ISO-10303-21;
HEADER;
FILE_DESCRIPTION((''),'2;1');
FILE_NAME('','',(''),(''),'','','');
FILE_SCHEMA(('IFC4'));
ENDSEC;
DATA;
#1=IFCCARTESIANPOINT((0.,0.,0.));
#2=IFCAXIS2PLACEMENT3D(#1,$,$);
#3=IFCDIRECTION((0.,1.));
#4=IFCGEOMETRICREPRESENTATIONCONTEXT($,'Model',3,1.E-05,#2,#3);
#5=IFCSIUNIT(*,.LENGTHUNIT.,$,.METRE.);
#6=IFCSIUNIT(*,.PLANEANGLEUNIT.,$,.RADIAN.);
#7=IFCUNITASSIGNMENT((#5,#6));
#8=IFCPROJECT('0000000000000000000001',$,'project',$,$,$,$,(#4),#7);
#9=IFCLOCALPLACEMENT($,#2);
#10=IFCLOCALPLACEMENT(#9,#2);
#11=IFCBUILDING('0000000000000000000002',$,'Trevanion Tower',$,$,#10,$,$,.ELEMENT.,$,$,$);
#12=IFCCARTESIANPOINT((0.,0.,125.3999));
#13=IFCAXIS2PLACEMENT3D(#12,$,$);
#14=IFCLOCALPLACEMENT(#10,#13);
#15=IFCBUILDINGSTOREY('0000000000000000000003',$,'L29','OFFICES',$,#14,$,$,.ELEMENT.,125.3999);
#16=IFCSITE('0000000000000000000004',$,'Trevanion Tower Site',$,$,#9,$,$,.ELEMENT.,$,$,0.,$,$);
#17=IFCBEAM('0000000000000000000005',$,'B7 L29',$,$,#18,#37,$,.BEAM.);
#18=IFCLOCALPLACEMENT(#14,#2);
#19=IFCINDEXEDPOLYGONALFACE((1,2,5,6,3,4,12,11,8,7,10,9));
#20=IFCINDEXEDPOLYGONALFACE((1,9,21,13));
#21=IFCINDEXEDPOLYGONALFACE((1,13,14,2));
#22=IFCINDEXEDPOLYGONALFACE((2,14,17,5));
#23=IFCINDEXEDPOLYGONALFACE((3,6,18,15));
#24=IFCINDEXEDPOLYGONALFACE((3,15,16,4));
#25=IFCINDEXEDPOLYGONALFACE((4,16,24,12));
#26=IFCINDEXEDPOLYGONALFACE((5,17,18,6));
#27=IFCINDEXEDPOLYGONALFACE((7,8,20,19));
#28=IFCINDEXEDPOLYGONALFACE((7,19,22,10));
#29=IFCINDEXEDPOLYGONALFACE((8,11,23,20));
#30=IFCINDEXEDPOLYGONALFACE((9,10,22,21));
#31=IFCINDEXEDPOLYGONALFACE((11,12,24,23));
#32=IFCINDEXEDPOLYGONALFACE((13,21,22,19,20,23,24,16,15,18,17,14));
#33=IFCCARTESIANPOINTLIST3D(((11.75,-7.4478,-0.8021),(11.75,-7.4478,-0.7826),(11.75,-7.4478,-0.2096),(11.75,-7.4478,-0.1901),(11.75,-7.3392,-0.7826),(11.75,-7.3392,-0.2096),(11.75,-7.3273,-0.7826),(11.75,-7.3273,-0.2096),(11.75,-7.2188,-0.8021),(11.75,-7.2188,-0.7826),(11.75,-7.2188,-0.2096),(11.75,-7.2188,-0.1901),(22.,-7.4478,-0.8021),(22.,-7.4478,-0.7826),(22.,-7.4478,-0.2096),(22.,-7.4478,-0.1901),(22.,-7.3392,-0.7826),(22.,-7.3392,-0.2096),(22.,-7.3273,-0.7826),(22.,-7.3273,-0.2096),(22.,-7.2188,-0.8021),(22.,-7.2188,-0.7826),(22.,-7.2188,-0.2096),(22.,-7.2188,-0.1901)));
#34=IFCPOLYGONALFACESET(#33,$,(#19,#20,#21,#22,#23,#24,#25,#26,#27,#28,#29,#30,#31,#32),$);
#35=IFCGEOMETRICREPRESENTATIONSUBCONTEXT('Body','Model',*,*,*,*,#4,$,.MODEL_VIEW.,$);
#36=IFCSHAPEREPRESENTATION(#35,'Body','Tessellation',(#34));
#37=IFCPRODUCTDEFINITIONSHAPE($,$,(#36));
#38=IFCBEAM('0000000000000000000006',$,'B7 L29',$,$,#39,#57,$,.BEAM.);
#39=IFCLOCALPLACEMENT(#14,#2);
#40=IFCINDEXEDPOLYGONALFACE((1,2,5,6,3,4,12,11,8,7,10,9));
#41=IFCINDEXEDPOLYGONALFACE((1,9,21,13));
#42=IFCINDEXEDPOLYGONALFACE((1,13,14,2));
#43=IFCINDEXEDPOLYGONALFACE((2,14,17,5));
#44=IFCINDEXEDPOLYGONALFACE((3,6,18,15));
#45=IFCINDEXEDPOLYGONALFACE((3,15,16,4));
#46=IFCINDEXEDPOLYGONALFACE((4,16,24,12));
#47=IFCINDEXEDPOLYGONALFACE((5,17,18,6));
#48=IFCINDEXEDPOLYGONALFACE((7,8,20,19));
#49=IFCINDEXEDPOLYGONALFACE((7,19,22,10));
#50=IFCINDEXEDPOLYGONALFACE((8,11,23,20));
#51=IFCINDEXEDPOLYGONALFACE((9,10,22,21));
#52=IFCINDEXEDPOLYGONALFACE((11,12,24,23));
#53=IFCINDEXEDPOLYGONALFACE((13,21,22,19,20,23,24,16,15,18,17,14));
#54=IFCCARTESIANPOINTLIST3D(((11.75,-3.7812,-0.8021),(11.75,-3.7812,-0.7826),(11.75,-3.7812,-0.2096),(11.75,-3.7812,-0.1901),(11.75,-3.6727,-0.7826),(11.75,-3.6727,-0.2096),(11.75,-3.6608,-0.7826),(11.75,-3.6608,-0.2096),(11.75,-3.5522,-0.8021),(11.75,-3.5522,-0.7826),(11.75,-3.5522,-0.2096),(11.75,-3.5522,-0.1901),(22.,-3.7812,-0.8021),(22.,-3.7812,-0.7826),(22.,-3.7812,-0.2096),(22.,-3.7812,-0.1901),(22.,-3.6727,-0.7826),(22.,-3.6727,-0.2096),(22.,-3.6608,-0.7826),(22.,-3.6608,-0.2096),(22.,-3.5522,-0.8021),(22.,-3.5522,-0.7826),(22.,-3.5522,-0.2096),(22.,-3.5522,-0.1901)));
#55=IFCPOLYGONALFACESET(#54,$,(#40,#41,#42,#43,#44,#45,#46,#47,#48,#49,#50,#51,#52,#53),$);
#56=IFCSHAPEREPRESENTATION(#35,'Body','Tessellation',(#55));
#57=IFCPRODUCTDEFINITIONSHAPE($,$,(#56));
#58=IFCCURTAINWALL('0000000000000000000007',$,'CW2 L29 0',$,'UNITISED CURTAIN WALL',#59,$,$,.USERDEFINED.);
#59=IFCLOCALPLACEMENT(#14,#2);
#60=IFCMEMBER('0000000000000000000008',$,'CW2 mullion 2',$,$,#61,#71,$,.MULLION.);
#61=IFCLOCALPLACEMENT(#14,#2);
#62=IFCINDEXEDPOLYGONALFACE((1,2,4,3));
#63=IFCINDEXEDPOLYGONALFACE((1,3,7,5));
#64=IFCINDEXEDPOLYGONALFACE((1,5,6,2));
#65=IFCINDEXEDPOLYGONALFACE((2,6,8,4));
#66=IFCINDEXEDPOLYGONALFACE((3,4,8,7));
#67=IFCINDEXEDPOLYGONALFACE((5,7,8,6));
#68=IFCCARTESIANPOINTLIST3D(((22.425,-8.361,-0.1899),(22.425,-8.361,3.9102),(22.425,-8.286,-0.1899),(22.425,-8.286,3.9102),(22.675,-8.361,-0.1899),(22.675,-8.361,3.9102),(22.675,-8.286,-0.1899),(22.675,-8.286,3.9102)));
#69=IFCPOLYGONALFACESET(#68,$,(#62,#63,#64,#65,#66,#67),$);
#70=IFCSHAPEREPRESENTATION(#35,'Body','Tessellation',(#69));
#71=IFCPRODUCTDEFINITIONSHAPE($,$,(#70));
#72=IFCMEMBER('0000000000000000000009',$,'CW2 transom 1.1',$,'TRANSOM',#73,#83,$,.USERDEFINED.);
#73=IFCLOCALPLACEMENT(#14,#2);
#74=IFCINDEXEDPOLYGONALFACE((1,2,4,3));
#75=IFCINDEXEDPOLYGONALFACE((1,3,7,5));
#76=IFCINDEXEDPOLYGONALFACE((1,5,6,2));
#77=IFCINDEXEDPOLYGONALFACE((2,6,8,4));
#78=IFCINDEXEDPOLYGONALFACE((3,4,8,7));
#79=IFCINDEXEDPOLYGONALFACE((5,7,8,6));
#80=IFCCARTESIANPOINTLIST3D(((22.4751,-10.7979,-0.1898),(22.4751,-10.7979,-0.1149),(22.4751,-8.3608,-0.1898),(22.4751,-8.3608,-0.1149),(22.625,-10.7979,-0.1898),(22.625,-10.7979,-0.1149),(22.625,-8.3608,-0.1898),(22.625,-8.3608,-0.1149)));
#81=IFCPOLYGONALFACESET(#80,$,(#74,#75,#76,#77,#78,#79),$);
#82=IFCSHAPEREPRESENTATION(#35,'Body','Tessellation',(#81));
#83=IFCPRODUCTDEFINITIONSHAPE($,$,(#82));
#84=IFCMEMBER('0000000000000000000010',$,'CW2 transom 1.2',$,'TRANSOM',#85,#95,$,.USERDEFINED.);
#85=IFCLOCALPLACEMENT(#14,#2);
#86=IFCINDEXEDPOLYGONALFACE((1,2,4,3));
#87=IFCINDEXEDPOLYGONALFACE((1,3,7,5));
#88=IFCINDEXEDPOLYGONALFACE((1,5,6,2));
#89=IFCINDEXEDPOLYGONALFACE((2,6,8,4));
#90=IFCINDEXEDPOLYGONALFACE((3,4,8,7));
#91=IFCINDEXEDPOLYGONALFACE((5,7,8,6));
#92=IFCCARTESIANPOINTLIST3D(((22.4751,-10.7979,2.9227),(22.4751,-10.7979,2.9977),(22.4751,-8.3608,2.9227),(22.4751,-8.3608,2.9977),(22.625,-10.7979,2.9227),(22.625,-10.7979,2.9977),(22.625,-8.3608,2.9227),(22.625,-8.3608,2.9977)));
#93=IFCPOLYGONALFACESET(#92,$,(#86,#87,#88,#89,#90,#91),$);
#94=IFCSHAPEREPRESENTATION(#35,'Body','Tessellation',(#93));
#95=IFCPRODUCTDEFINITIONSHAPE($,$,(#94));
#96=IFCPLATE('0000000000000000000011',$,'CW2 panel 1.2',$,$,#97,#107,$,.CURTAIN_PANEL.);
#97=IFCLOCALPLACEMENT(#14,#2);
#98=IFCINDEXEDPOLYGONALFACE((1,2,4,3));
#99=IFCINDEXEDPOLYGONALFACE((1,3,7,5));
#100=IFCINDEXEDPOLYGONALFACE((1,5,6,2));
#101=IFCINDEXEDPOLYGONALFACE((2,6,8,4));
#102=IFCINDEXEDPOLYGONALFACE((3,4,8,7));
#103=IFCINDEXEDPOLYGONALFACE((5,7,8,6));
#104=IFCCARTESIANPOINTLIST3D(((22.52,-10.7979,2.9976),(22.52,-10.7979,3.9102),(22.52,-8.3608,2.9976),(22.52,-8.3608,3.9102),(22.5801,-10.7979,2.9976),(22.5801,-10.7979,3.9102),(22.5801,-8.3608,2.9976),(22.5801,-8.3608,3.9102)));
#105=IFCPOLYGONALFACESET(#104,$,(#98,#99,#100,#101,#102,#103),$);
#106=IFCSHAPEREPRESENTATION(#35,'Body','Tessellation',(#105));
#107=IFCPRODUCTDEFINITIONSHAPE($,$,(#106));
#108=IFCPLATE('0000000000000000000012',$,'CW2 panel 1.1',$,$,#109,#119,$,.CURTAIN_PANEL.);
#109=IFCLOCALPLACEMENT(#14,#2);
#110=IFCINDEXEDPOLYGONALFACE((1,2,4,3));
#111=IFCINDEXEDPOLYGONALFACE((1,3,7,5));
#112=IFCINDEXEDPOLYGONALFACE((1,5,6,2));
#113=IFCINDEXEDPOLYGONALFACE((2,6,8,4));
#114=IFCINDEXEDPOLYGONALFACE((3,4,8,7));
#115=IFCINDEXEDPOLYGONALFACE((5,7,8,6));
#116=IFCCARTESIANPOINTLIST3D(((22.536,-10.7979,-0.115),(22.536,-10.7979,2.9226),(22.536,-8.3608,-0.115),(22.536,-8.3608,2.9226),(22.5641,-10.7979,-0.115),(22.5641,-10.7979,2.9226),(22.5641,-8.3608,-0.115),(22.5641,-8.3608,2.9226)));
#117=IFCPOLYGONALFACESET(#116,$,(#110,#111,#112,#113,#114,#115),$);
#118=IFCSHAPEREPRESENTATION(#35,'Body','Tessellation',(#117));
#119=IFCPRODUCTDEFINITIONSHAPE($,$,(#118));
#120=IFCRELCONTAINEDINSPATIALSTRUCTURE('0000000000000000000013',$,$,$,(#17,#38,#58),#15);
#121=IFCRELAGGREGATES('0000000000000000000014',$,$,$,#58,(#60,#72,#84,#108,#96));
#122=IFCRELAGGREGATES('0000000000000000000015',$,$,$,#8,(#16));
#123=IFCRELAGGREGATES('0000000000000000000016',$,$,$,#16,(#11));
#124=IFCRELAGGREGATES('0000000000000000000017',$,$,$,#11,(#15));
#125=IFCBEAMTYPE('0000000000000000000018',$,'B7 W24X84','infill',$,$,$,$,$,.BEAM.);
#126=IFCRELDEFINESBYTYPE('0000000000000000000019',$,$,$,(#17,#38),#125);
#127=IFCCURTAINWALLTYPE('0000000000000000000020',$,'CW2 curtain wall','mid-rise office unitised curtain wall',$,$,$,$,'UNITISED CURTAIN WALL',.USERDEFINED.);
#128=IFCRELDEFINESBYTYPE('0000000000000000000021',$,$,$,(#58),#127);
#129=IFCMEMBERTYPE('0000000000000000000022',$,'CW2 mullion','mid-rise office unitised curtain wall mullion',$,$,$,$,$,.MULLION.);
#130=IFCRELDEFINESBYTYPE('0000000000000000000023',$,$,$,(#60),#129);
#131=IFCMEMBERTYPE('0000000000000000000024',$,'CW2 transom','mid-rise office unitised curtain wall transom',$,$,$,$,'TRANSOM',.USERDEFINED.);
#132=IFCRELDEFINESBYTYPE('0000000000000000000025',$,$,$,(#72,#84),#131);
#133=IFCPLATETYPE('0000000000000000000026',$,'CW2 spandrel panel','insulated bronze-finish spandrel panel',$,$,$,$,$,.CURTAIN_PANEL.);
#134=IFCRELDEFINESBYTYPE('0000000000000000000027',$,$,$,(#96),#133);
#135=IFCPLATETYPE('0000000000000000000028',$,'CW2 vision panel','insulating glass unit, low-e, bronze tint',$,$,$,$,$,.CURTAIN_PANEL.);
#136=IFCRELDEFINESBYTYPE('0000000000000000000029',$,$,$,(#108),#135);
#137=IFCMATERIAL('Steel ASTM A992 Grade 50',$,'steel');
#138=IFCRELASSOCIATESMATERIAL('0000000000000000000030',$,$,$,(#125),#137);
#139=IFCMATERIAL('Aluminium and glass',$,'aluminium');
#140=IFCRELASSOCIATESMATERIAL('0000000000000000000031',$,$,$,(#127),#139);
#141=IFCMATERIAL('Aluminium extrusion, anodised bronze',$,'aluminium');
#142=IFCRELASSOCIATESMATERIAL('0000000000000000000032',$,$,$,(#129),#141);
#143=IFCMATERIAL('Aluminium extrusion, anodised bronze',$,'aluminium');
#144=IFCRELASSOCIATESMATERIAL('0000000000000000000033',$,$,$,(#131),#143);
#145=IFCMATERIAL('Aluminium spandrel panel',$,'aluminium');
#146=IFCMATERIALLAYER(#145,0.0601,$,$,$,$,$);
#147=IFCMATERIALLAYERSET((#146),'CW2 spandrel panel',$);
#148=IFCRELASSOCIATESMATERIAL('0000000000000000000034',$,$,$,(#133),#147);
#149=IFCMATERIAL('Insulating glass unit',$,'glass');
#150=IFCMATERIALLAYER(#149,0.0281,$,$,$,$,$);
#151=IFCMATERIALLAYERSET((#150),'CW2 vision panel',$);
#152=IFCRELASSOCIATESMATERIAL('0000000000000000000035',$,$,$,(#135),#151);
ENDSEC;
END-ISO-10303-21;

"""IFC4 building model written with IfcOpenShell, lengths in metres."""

from ifc_helpers import new_model, si_unit, direction, frame, origin, origin_2d, place, context, subcontext, project, spatial, rectangle, i_section, extrude, material, layer, layer_set, material_profile, profile_set, type_object, element, aggregate, save


model = new_model("IFC4")

# Units and contexts
model_context = context("Model", 3, precision=1e-05, world=origin(), true_north=direction((0.0, 1.0)))
body_context = subcontext(model_context, "Body", "Model", "MODEL_VIEW")
ifc_project = project(units=[si_unit("LENGTHUNIT", "METRE"), si_unit("PLANEANGLEUNIT", "RADIAN")], contexts=[model_context])

# Site, building, storey
site_placement = place(None, origin())
site = spatial("IfcSite", under=ifc_project, at=site_placement, Name="Trevanion Tower Site", CompositionType="ELEMENT", RefElevation=0.0)
building_placement = place(site_placement, origin())
building = spatial("IfcBuilding", under=site, at=building_placement, Name="Trevanion Tower", CompositionType="ELEMENT")
storey_placement = place(building_placement, frame((0.0, 0.0, 125.3999)))
storey = spatial("IfcBuildingStorey", under=building, at=storey_placement, Name="L29", Description="OFFICES", CompositionType="ELEMENT", Elevation=125.3999)

# Beams
ifc_material_1 = material(Name="Steel ASTM A992 Grade 50", Category="steel")
ifc_material_profile_1 = material_profile(ifc_material_1, i_section(OverallWidth=0.229, OverallDepth=0.6121, WebThickness=0.012, FlangeThickness=0.0195, at=origin_2d()), Name="W24X84")
ifc_profile_set_1 = profile_set([ifc_material_profile_1], Name="Steel ASTM A992 Grade 50")
beam_type = type_object("IfcBeamType", Name="B7 W24X84", Description="infill", PredefinedType="BEAM", material=ifc_profile_set_1)
for number, where, z_axis, x_axis, name in (
    (1, (11.75, -7.3333, -0.4961), (1.0, 0.0, 0.0), (0.0, 1.0, 0.0), "B7 L29"),
    (2, (11.75, -3.6667, -0.4961), (1.0, 0.0, 0.0), (0.0, 1.0, 0.0), "B7 L29"),
):
    element("IfcBeam", number, at=place(storey_placement, frame(where, z_axis=z_axis, x_axis=x_axis)), inside=storey, type_object=beam_type, Name=name, PredefinedType="BEAM", context=body_context, shape_type="SweptSolid", body=[
        extrude(i_section(OverallWidth=0.229, OverallDepth=0.6121, WebThickness=0.012, FlangeThickness=0.0195, at=origin_2d()), origin(), (0.0, 0.0, 1.0), 10.25),
    ])

# Curtain wall, members, plates
ifc_material_2 = material(Name="Aluminium and glass", Category="aluminium")
curtain_wall_type = type_object("IfcCurtainWallType", Name="CW2 curtain wall", Description="mid-rise office unitised curtain wall", ElementType="UNITISED CURTAIN WALL", PredefinedType="USERDEFINED", material=ifc_material_2)
curtain_wall_placement = place(storey_placement, origin())
curtain_wall = element("IfcCurtainWall", 3, at=curtain_wall_placement, inside=storey, type_object=curtain_wall_type, Name="CW2 L29 0", ObjectType="UNITISED CURTAIN WALL", PredefinedType="USERDEFINED")
ifc_material_3 = material(Name="Aluminium extrusion, anodised bronze", Category="aluminium")
ifc_material_profile_2 = material_profile(ifc_material_3, rectangle(XDim=0.075, YDim=0.25, at=origin_2d()), Name="CW2 mullion")
ifc_profile_set_2 = profile_set([ifc_material_profile_2], Name="Aluminium extrusion, anodised bronze")
member_type_1 = type_object("IfcMemberType", Name="CW2 mullion", Description="mid-rise office unitised curtain wall mullion", PredefinedType="MULLION", material=ifc_profile_set_2)
member_1_placement = place(storey_placement, frame((22.55, -8.3235, -0.1899), z_axis=(0.0, 0.0, 1.0), x_axis=(0.0, 1.0, 0.0)))
member_1 = element("IfcMember", 4, at=member_1_placement, type_object=member_type_1, Name="CW2 mullion 2", PredefinedType="MULLION", context=body_context, shape_type="SweptSolid", body=[
    extrude(rectangle(XDim=0.075, YDim=0.25, at=origin_2d()), origin(), (0.0, 0.0, 1.0), 4.1001),
])
ifc_material_4 = material(Name="Aluminium extrusion, anodised bronze", Category="aluminium")
ifc_material_profile_3 = material_profile(ifc_material_4, rectangle(XDim=0.1499, YDim=0.075, at=origin_2d()), Name="CW2 transom")
ifc_profile_set_3 = profile_set([ifc_material_profile_3], Name="Aluminium extrusion, anodised bronze")
member_type_2 = type_object("IfcMemberType", Name="CW2 transom", Description="mid-rise office unitised curtain wall transom", ElementType="TRANSOM", PredefinedType="USERDEFINED", material=ifc_profile_set_3)
member_2_placement = place(storey_placement, frame((22.55, -10.7979, -0.1523), z_axis=(0.0, 1.0, 0.0), x_axis=(-1.0, 0.0, 0.0)))
member_2 = element("IfcMember", 5, at=member_2_placement, type_object=member_type_2, Name="CW2 transom 1.1", ObjectType="TRANSOM", PredefinedType="USERDEFINED", context=body_context, shape_type="SweptSolid", body=[
    extrude(rectangle(XDim=0.1499, YDim=0.075, at=origin_2d()), origin(), (0.0, 0.0, 1.0), 2.437),
])
member_3_placement = place(storey_placement, frame((22.55, -10.7979, 2.9602), z_axis=(0.0, 1.0, 0.0), x_axis=(-1.0, 0.0, 0.0)))
member_3 = element("IfcMember", 6, at=member_3_placement, type_object=member_type_2, Name="CW2 transom 1.2", ObjectType="TRANSOM", PredefinedType="USERDEFINED", context=body_context, shape_type="SweptSolid", body=[
    extrude(rectangle(XDim=0.1499, YDim=0.075, at=origin_2d()), origin(), (0.0, 0.0, 1.0), 2.437),
])
ifc_material_5 = material(Name="Aluminium spandrel panel", Category="aluminium")
ifc_layer_1 = layer(ifc_material_5, 0.0601)
ifc_layer_set_1 = layer_set([ifc_layer_1], Name="CW2 spandrel panel")
plate_type_1 = type_object("IfcPlateType", Name="CW2 spandrel panel", Description="insulated bronze-finish spandrel panel", PredefinedType="CURTAIN_PANEL", material=ifc_layer_set_1)
plate_1_placement = place(storey_placement, frame((22.55, -9.5793, 2.9976), z_axis=(0.0, 0.0, 1.0), x_axis=(0.0, 1.0, 0.0)))
plate_1 = element("IfcPlate", 7, at=plate_1_placement, type_object=plate_type_1, Name="CW2 panel 1.2", PredefinedType="CURTAIN_PANEL", context=body_context, shape_type="SweptSolid", body=[
    extrude(rectangle(XDim=2.437, YDim=0.0601, at=origin_2d()), origin(), (0.0, 0.0, 1.0), 0.9126),
])
ifc_material_6 = material(Name="Insulating glass unit", Category="glass")
ifc_layer_2 = layer(ifc_material_6, 0.0281)
ifc_layer_set_2 = layer_set([ifc_layer_2], Name="CW2 vision panel")
plate_type_2 = type_object("IfcPlateType", Name="CW2 vision panel", Description="insulating glass unit, low-e, bronze tint", PredefinedType="CURTAIN_PANEL", material=ifc_layer_set_2)
plate_2_placement = place(storey_placement, frame((22.55, -9.5793, -0.115), z_axis=(0.0, 0.0, 1.0), x_axis=(0.0, 1.0, 0.0)))
plate_2 = element("IfcPlate", 8, at=plate_2_placement, type_object=plate_type_2, Name="CW2 panel 1.1", PredefinedType="CURTAIN_PANEL", context=body_context, shape_type="SweptSolid", body=[
    extrude(rectangle(XDim=2.437, YDim=0.0281, at=origin_2d()), origin(), (0.0, 0.0, 1.0), 3.0376),
])
aggregate(curtain_wall, [member_1, member_2, member_3, plate_2, plate_1])

save(model, "model.ifc")
